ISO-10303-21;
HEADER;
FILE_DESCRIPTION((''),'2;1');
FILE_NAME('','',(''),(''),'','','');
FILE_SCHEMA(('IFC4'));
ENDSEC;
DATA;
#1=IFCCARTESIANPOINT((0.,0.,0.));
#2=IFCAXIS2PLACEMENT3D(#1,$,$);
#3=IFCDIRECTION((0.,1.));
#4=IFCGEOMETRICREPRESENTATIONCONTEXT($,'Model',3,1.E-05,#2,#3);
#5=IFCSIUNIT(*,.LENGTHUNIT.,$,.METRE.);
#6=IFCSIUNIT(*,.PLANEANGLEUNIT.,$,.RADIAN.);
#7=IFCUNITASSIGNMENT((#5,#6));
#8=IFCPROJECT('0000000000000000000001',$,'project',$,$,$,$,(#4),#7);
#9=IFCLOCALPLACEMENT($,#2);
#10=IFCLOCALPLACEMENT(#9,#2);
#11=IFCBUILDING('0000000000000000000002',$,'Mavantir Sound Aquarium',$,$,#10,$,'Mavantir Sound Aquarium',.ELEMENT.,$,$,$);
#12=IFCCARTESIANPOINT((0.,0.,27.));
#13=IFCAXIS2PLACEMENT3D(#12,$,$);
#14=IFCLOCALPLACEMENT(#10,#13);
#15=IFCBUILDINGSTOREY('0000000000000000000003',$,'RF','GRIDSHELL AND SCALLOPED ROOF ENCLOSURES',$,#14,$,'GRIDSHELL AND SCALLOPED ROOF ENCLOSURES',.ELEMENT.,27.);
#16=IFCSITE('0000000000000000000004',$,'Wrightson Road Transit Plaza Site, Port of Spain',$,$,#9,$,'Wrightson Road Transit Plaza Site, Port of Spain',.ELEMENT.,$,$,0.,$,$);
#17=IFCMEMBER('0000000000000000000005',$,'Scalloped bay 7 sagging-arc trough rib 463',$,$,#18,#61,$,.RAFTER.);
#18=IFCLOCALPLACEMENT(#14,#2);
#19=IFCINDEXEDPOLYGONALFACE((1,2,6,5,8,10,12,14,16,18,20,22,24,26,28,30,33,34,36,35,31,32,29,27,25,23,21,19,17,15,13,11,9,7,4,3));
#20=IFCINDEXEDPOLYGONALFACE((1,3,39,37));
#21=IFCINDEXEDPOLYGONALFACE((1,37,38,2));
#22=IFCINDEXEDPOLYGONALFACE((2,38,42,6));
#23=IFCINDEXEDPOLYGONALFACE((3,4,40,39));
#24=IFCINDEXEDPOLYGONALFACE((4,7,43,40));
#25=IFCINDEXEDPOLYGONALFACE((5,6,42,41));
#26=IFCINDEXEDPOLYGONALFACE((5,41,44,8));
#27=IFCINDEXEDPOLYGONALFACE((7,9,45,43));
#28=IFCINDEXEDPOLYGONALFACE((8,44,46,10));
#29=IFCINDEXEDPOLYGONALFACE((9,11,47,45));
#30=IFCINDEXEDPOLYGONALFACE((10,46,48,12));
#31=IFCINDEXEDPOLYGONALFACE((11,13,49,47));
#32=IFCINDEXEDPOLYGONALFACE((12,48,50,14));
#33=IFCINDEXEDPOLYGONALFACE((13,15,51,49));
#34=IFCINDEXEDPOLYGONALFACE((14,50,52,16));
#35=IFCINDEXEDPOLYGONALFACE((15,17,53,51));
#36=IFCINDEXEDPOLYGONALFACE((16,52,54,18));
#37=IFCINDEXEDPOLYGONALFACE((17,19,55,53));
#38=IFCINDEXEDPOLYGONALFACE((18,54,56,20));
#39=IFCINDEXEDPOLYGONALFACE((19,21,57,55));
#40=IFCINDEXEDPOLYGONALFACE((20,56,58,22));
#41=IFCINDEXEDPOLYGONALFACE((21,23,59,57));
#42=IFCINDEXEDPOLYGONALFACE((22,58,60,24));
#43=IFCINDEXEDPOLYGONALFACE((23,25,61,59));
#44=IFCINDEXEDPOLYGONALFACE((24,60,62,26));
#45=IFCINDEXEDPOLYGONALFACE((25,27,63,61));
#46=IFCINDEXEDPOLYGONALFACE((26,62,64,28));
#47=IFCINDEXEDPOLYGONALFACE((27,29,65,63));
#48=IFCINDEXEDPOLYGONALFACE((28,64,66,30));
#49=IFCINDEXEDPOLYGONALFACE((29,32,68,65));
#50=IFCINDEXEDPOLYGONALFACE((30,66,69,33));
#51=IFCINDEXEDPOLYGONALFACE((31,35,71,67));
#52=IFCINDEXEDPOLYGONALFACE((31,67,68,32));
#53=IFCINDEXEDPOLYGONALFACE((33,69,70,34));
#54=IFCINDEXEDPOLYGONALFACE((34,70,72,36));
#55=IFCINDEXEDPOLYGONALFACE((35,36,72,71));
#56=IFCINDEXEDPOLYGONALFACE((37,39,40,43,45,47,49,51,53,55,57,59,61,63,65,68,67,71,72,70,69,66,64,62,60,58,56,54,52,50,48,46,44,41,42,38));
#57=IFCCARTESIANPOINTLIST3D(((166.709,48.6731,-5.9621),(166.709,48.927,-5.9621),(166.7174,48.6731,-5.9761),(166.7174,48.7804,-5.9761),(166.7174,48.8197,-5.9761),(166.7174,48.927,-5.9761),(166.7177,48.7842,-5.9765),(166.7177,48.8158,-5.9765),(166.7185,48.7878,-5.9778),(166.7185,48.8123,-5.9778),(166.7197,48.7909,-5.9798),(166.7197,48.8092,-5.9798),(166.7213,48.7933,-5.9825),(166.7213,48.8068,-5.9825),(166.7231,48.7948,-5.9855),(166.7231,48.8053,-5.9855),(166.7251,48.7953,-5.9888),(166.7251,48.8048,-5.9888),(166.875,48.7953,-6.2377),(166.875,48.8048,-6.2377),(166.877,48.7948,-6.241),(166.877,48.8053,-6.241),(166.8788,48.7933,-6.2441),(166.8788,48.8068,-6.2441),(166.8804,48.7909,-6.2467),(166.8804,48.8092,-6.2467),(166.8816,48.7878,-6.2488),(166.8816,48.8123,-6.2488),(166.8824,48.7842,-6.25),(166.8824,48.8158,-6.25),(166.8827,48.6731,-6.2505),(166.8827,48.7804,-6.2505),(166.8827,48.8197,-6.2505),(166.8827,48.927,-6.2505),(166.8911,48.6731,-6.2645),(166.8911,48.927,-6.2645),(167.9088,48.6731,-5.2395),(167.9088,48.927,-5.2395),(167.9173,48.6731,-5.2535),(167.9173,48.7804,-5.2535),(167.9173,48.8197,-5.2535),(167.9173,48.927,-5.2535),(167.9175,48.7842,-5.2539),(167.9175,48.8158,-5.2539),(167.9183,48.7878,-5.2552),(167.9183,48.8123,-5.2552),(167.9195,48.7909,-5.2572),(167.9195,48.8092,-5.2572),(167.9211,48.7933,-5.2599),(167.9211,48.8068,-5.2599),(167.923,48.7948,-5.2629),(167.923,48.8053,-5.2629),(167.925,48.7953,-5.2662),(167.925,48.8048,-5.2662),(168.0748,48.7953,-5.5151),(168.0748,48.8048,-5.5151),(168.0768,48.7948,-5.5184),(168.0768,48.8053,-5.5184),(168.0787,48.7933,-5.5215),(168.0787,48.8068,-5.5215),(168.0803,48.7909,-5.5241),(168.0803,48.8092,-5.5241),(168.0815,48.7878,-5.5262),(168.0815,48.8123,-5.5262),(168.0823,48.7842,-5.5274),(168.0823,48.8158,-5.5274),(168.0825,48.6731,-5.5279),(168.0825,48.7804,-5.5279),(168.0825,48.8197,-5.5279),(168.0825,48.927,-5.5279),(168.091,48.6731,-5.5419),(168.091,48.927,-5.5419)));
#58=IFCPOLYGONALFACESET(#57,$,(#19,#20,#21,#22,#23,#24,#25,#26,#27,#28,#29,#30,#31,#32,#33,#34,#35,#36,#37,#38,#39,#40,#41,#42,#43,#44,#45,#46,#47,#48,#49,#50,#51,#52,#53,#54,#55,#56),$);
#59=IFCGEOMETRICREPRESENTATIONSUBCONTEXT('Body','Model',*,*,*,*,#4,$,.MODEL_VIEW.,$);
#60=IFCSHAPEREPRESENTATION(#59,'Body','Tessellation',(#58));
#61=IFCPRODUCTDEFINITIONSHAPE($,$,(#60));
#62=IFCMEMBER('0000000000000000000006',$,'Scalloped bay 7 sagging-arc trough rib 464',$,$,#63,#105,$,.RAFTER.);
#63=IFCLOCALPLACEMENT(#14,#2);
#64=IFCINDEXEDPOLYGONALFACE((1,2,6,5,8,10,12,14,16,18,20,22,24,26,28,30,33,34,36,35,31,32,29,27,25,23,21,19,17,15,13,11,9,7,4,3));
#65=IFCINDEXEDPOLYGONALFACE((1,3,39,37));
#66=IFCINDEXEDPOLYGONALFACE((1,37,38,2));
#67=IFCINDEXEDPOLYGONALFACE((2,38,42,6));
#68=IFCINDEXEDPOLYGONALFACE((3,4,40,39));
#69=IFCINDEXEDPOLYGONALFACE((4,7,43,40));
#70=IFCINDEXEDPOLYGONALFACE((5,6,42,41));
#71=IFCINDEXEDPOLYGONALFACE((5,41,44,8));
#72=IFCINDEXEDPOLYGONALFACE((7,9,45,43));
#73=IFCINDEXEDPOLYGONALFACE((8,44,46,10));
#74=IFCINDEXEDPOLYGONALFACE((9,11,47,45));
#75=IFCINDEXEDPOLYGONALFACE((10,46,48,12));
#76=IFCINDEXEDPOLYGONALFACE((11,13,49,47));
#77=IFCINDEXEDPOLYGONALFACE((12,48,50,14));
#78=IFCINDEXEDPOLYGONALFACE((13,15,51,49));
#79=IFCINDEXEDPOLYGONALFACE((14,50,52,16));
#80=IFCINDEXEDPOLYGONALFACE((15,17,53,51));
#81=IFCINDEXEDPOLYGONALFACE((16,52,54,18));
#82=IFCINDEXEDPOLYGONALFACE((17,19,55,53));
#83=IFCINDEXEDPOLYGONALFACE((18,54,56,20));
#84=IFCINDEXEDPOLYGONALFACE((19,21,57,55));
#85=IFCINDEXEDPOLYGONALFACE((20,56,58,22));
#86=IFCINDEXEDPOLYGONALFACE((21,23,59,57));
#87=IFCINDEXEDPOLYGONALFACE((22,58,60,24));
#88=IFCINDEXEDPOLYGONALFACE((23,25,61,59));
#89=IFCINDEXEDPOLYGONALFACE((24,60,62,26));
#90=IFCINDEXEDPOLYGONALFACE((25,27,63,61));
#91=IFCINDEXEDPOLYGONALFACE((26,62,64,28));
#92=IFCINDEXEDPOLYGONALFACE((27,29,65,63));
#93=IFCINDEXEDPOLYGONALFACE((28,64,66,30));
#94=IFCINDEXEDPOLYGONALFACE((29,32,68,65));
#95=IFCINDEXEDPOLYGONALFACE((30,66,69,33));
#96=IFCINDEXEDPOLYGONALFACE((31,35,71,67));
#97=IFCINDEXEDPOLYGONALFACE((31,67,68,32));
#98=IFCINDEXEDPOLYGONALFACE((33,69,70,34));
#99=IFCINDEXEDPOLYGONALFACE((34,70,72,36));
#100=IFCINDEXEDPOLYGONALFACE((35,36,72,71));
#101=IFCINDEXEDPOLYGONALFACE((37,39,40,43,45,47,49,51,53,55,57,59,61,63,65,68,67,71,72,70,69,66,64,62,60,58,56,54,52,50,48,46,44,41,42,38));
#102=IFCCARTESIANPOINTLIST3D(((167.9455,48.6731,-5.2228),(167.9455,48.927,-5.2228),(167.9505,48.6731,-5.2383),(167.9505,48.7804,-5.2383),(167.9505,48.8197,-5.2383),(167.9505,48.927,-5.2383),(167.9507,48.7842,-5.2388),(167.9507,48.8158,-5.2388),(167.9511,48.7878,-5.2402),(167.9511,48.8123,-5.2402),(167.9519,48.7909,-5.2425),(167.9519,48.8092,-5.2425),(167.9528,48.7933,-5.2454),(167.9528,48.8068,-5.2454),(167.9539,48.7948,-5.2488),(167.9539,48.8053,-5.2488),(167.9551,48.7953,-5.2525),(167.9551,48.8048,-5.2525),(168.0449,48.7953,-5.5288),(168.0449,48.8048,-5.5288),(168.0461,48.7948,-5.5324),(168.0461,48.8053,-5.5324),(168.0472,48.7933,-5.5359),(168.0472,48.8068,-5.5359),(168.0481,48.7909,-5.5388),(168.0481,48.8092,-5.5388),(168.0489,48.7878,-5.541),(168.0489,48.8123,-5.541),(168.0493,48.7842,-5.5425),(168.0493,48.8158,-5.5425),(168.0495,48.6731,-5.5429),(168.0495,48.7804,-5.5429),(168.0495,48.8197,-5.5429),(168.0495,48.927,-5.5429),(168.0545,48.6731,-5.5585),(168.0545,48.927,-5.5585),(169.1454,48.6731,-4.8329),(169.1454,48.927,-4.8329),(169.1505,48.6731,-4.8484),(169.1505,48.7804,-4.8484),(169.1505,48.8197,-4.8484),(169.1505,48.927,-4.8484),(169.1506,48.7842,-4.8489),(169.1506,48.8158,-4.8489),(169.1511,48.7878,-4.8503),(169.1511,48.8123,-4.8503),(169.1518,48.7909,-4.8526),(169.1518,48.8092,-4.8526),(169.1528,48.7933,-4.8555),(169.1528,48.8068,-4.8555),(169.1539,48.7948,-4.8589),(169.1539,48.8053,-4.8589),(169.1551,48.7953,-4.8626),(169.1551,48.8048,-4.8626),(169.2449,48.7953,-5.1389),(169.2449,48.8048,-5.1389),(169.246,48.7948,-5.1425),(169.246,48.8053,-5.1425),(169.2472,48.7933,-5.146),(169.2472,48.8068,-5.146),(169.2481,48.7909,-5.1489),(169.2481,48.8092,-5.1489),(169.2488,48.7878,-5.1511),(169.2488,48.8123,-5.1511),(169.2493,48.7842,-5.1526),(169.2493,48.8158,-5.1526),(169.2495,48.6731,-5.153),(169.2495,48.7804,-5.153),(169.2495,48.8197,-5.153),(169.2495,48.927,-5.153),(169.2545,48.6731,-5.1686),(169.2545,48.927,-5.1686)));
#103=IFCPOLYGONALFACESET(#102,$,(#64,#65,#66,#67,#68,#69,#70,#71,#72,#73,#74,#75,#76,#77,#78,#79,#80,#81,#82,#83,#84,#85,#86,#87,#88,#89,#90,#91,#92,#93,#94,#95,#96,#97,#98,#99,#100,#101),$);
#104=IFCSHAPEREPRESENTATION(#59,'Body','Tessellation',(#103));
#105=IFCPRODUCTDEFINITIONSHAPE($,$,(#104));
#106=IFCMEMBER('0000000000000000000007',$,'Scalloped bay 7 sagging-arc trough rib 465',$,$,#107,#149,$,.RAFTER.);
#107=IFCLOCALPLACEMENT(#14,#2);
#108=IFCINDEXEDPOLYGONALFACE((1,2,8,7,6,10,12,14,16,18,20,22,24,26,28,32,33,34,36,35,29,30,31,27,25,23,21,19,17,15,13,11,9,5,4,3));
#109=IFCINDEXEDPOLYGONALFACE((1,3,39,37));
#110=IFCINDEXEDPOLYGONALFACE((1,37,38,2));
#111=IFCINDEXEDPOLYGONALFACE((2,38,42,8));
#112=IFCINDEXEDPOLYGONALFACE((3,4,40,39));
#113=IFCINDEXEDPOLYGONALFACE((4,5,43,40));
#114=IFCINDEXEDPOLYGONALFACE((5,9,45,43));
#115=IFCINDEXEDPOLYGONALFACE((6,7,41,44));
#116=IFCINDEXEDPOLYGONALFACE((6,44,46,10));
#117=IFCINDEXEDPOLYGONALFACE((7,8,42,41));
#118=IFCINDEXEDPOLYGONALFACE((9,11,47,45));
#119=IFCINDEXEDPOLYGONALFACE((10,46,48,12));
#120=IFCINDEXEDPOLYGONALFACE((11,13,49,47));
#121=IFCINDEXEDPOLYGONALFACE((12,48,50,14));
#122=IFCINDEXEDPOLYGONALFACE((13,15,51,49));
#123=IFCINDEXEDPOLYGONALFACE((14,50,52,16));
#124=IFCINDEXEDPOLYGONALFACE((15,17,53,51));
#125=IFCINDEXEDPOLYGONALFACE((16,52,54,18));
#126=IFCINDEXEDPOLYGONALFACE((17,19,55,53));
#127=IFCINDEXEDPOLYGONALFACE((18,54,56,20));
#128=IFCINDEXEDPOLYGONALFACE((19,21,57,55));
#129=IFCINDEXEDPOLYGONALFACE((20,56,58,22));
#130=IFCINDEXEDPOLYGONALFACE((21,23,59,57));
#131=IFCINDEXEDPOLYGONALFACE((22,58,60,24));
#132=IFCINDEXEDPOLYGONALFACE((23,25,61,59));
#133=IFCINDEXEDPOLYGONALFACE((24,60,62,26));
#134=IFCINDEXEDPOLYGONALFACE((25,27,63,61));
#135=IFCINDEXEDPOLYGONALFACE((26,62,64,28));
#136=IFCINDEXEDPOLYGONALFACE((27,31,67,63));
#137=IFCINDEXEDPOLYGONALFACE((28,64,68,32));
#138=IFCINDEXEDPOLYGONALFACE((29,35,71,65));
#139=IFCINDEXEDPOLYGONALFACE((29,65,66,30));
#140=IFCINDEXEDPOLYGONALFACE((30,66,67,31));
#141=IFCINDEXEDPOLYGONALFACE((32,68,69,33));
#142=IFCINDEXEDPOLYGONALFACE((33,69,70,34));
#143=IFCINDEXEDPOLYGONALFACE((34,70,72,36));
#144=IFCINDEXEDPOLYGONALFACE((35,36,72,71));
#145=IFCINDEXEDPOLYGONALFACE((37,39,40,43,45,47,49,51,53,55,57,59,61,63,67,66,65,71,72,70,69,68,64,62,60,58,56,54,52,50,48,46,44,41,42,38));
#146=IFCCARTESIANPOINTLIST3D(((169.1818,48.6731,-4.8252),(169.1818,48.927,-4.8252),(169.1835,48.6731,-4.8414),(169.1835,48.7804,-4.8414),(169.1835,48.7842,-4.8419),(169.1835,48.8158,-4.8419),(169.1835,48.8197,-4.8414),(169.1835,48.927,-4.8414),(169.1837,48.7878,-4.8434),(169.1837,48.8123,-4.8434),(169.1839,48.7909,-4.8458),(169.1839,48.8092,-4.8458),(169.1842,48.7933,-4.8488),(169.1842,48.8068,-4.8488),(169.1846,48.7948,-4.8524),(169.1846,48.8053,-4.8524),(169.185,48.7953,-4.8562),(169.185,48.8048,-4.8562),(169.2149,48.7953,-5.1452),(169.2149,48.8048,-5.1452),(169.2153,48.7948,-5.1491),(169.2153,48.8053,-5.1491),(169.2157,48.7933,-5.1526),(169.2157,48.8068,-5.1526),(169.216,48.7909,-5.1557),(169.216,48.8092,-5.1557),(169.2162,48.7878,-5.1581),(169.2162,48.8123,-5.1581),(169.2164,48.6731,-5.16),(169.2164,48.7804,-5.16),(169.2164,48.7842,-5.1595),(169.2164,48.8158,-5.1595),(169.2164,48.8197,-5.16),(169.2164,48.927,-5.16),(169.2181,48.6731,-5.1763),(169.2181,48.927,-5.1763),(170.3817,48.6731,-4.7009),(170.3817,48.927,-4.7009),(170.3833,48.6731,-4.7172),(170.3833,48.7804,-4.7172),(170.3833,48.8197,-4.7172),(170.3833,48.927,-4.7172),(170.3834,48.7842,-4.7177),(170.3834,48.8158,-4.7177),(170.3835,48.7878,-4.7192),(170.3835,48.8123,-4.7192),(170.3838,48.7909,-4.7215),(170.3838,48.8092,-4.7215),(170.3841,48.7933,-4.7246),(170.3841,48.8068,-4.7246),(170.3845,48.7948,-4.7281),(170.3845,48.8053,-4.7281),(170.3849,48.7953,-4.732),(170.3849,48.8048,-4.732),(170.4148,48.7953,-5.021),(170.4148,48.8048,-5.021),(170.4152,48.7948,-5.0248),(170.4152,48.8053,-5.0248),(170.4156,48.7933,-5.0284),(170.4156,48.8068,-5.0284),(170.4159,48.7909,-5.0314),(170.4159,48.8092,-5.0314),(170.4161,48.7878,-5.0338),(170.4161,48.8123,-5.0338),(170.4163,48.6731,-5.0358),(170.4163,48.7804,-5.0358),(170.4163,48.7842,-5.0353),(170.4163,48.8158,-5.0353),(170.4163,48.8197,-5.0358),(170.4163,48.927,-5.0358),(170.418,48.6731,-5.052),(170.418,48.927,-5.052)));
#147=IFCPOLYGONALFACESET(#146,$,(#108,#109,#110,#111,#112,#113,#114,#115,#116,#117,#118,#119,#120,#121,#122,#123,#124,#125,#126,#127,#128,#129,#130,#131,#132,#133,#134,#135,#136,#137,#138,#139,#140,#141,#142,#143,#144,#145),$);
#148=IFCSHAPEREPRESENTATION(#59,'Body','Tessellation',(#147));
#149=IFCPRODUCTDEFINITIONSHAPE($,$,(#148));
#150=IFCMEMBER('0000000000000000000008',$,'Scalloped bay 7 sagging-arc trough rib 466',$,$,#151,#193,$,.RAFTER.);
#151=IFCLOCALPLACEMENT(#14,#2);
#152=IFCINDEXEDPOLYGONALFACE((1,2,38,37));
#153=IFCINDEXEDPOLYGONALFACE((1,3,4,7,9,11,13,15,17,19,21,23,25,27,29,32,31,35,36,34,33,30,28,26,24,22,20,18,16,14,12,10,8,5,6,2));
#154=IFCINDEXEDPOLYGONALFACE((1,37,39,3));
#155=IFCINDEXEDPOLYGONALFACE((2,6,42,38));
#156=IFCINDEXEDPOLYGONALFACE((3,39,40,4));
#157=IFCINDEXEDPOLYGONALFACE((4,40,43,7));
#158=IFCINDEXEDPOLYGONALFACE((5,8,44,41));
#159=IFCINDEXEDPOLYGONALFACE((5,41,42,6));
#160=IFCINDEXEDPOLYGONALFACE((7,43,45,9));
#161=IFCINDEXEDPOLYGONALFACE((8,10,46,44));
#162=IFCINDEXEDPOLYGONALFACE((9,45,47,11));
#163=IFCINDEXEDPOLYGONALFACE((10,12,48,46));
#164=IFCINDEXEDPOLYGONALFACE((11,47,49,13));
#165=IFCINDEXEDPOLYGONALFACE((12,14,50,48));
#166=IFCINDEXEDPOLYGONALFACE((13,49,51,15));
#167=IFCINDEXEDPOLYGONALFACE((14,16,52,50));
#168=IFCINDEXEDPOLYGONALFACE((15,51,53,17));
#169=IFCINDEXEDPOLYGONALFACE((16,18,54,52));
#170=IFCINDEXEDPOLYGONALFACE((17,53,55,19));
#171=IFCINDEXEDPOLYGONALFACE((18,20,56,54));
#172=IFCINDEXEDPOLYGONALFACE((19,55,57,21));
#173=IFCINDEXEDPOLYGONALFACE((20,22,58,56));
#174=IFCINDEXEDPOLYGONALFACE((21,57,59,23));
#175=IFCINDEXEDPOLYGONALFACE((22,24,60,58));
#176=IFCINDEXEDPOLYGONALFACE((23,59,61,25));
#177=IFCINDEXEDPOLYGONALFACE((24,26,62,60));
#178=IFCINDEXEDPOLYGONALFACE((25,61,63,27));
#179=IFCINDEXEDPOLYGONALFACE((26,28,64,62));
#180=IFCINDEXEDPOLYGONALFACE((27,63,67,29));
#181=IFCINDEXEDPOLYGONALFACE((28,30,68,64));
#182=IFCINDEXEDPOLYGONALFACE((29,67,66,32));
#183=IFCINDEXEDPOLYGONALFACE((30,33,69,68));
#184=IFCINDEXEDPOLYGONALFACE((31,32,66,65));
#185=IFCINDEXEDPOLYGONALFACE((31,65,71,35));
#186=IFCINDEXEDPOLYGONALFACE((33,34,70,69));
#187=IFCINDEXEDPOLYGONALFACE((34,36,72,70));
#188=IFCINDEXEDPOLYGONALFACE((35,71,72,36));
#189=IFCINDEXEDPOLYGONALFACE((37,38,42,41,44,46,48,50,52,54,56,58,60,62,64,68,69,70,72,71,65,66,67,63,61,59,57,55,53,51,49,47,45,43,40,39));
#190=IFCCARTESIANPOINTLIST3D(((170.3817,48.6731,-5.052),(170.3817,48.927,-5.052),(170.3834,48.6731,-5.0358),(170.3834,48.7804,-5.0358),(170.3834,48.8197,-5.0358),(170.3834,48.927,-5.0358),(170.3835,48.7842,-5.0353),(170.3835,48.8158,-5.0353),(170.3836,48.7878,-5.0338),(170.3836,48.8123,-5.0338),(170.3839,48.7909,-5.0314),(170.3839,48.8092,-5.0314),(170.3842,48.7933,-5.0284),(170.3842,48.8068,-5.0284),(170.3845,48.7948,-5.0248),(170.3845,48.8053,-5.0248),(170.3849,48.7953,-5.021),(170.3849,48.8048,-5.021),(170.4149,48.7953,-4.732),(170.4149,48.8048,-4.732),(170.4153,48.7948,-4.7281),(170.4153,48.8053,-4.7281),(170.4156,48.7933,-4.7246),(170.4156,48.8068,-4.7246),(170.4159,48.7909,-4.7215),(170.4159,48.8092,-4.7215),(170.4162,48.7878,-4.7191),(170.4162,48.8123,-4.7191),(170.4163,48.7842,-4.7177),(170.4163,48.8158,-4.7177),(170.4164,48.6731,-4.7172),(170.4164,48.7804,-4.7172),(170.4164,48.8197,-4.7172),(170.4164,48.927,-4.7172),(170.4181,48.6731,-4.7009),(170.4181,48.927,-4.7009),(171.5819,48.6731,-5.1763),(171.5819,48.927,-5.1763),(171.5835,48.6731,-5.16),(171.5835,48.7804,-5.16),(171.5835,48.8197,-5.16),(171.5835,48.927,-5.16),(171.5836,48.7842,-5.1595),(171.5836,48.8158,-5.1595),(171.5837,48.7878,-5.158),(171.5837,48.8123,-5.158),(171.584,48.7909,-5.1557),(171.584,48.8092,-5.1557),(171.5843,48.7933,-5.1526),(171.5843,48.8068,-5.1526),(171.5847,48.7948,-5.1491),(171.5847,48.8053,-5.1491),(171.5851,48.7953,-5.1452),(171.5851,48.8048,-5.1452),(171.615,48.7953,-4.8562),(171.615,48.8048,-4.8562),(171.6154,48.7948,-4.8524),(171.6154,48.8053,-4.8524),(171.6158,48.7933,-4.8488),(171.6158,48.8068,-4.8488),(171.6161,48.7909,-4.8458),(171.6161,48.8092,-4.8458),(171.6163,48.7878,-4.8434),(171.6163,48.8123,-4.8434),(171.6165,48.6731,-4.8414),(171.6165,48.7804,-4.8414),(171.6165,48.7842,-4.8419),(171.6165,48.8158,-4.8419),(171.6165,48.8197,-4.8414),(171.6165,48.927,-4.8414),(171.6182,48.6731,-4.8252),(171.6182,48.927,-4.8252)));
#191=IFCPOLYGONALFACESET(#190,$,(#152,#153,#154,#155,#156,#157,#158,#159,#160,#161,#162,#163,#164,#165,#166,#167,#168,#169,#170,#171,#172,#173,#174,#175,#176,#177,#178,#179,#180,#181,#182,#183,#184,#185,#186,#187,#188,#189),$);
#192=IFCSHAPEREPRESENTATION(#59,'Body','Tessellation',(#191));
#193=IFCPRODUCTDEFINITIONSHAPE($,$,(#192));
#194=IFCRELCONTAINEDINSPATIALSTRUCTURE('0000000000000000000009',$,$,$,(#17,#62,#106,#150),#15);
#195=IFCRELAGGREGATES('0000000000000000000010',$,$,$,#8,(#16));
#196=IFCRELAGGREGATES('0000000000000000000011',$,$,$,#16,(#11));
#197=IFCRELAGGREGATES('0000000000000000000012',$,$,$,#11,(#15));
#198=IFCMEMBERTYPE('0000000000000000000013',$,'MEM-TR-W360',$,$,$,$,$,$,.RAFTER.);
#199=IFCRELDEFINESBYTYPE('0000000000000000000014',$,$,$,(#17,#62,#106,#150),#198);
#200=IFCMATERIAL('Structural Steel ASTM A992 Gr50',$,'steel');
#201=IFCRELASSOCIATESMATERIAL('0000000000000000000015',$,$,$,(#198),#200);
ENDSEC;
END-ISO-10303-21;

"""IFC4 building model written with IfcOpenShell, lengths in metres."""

from ifc_helpers import new_model, si_unit, direction, frame, origin, origin_2d, place, context, subcontext, project, spatial, i_section, extrude, material, material_profile, profile_set, type_object, element, save


model = new_model("IFC4")

# Units and contexts
model_context = context("Model", 3, precision=1e-05, world=origin(), true_north=direction((0.0, 1.0)))
body_context = subcontext(model_context, "Body", "Model", "MODEL_VIEW")
ifc_project = project(units=[si_unit("LENGTHUNIT", "METRE"), si_unit("PLANEANGLEUNIT", "RADIAN")], contexts=[model_context])

# Site, building, storey
site_placement = place(None, origin())
site = spatial("IfcSite", under=ifc_project, at=site_placement, Name="Wrightson Road Transit Plaza Site, Port of Spain", LongName="Wrightson Road Transit Plaza Site, Port of Spain", CompositionType="ELEMENT", RefElevation=0.0)
building_placement = place(site_placement, origin())
building = spatial("IfcBuilding", under=site, at=building_placement, Name="Mavantir Sound Aquarium", LongName="Mavantir Sound Aquarium", CompositionType="ELEMENT")
storey_placement = place(building_placement, frame((0.0, 0.0, 27.0)))
storey = spatial("IfcBuildingStorey", under=building, at=storey_placement, Name="RF", Description="GRIDSHELL AND SCALLOPED ROOF ENCLOSURES", LongName="GRIDSHELL AND SCALLOPED ROOF ENCLOSURES", CompositionType="ELEMENT", Elevation=27.0)

# Shared definitions
ifc_material_1 = material(Name="Structural Steel ASTM A992 Gr50", Category="steel")

# Members
ifc_material_profile_1 = material_profile(ifc_material_1, i_section(OverallWidth=0.2539, OverallDepth=0.353, WebThickness=0.0095, FlangeThickness=0.0164, FilletRadius=0.0149, at=origin_2d()), Name="W360X91")
ifc_profile_set_1 = profile_set([ifc_material_profile_1], Name="Structural Steel ASTM A992 Gr50")
member_type_1 = type_object("IfcMemberType", Name="MEM-TR-W360", PredefinedType="RAFTER", material=ifc_profile_set_1)
member_1_placement = place(storey_placement, frame((166.8, 48.8, -6.1133), z_axis=(0.856646, 0.0, 0.515905), x_axis=(0.0, 1.0, 0.0)))
element("IfcMember", 1, at=member_1_placement, inside=storey, type_object=member_type_1, Name="Scalloped bay 7 sagging-arc trough rib 463", PredefinedType="RAFTER", context=body_context, shape_type="SweptSolid", body=[
    extrude(i_section(OverallWidth=0.2539, OverallDepth=0.353, WebThickness=0.0095, FlangeThickness=0.0164, FilletRadius=0.0149, at=origin_2d()), origin(), (0.0, 0.0, 1.0), 1.4006),
])
member_2_placement = place(storey_placement, frame((168.0, 48.8, -5.3906), z_axis=(0.951055, 0.0, 0.30902), x_axis=(0.0, 1.0, 0.0)))
element("IfcMember", 2, at=member_2_placement, inside=storey, type_object=member_type_1, Name="Scalloped bay 7 sagging-arc trough rib 464", PredefinedType="RAFTER", context=body_context, shape_type="SweptSolid", body=[
    extrude(i_section(OverallWidth=0.2539, OverallDepth=0.353, WebThickness=0.0095, FlangeThickness=0.0164, FilletRadius=0.0149, at=origin_2d()), origin(), (0.0, 0.0, 1.0), 1.2617),
])
member_3_placement = place(storey_placement, frame((169.2, 48.8, -5.0007), z_axis=(0.99468, 0.0, 0.10301), x_axis=(0.0, 1.0, 0.0)))
element("IfcMember", 3, at=member_3_placement, inside=storey, type_object=member_type_1, Name="Scalloped bay 7 sagging-arc trough rib 465", PredefinedType="RAFTER", context=body_context, shape_type="SweptSolid", body=[
    extrude(i_section(OverallWidth=0.2539, OverallDepth=0.353, WebThickness=0.0095, FlangeThickness=0.0164, FilletRadius=0.0149, at=origin_2d()), origin(), (0.0, 0.0, 1.0), 1.2063),
])
member_4_placement = place(storey_placement, frame((170.3999, 48.8, -4.8765), z_axis=(0.994683, 0.0, -0.102989), x_axis=(0.0, 1.0, 0.0)))
element("IfcMember", 4, at=member_4_placement, inside=storey, type_object=member_type_1, Name="Scalloped bay 7 sagging-arc trough rib 466", PredefinedType="RAFTER", context=body_context, shape_type="SweptSolid", body=[
    extrude(i_section(OverallWidth=0.2539, OverallDepth=0.353, WebThickness=0.0095, FlangeThickness=0.0164, FilletRadius=0.0149, at=origin_2d()), origin(), (0.0, 0.0, 1.0), 1.2065),
])

save(model, "model.ifc")
